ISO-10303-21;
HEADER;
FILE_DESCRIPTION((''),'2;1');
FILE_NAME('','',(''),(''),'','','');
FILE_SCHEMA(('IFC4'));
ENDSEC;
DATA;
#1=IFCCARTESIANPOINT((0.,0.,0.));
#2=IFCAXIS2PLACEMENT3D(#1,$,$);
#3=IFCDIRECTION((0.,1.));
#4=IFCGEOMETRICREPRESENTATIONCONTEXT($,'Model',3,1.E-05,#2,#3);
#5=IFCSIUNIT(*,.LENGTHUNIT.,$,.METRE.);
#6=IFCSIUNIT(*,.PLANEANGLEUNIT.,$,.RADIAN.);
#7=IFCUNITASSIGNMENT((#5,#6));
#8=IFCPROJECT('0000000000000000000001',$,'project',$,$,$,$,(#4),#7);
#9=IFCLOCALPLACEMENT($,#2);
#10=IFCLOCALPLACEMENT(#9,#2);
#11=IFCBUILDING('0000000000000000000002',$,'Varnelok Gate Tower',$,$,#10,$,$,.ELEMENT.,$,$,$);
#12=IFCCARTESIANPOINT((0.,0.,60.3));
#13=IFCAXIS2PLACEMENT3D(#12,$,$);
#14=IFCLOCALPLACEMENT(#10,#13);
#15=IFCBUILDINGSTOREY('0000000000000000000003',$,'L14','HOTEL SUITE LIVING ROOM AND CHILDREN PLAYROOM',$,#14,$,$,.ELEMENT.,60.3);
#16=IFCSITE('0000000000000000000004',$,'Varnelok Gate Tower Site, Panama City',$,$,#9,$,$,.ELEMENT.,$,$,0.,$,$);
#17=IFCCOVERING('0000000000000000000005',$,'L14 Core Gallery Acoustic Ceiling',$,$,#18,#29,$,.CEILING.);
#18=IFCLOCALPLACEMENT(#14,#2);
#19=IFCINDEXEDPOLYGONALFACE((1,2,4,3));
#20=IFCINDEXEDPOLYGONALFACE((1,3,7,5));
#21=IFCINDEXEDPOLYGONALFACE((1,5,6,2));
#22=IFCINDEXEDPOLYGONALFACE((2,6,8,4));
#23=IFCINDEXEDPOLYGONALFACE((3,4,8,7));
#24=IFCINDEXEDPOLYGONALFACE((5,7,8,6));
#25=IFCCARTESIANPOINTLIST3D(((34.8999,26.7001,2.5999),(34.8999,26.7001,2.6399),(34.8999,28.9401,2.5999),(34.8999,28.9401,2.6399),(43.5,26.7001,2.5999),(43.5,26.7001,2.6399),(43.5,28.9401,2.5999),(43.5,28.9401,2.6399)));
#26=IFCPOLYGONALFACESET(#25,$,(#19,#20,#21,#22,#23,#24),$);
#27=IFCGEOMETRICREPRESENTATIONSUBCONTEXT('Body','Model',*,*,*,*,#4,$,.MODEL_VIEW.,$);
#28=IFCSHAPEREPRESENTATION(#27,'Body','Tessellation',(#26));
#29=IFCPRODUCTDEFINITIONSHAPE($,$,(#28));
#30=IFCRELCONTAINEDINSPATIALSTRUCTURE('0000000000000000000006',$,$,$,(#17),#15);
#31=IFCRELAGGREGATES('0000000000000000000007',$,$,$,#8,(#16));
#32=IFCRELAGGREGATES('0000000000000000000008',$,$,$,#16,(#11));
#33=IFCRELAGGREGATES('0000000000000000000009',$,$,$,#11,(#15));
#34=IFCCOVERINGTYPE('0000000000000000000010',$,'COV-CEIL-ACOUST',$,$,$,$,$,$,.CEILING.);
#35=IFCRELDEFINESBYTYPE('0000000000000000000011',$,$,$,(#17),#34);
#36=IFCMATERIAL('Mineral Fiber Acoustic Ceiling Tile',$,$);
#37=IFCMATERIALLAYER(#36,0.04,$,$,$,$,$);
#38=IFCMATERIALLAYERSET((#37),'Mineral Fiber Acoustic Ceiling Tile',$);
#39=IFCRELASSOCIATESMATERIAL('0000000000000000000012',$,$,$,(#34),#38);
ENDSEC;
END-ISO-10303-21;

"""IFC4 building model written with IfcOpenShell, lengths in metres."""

from ifc_helpers import new_model, si_unit, direction, frame, origin, origin_2d, place, context, subcontext, project, spatial, rectangle, extrude, source, transform, mapped, material, layer, layer_set, type_object, element, save


model = new_model("IFC4")

# Units and contexts
model_context = context("Model", 3, precision=1e-05, world=origin(), true_north=direction((0.0, 1.0)))
body_context = subcontext(model_context, "Body", "Model", "MODEL_VIEW")
ifc_project = project(units=[si_unit("LENGTHUNIT", "METRE"), si_unit("PLANEANGLEUNIT", "RADIAN")], contexts=[model_context])

# Site, building, storey
site_placement = place(None, origin())
site = spatial("IfcSite", under=ifc_project, at=site_placement, Name="Varnelok Gate Tower Site, Panama City", CompositionType="ELEMENT", RefElevation=0.0)
building_placement = place(site_placement, origin())
building = spatial("IfcBuilding", under=site, at=building_placement, Name="Varnelok Gate Tower", CompositionType="ELEMENT")
storey_placement = place(building_placement, frame((0.0, 0.0, 60.3)))
storey = spatial("IfcBuildingStorey", under=building, at=storey_placement, Name="L14", Description="HOTEL SUITE LIVING ROOM AND CHILDREN PLAYROOM", CompositionType="ELEMENT", Elevation=60.3)

# Covering
ifc_material_1 = material(Name="Mineral Fiber Acoustic Ceiling Tile")
ifc_layer_1 = layer(ifc_material_1, 0.04)
ifc_layer_set_1 = layer_set([ifc_layer_1], Name="Mineral Fiber Acoustic Ceiling Tile")
covering_type_1 = type_object("IfcCoveringType", Name="COV-CEIL-ACOUST", PredefinedType="CEILING", material=ifc_layer_set_1)
shared_shape_1 = source(origin(), body_context, "Body", "SweptSolid", [
    extrude(rectangle(XDim=8.6001, YDim=2.24, at=origin_2d()), origin(), (0.0, 0.0, 1.0), 0.04),
])
covering_1_placement = place(storey_placement, frame((39.2, 27.8201, 2.5999), z_axis=(0.0, 0.0, 1.0), x_axis=(1.0, 0.0, 0.0)))
element("IfcCovering", 1, at=covering_1_placement, inside=storey, type_object=covering_type_1, Name="L14 Core Gallery Acoustic Ceiling", PredefinedType="CEILING", context=body_context, shape_type="MappedRepresentation", body=[
    mapped(shared_shape_1, transform((0.0, 0.0, 0.0), scale=1.0)),
])

save(model, "model.ifc")
